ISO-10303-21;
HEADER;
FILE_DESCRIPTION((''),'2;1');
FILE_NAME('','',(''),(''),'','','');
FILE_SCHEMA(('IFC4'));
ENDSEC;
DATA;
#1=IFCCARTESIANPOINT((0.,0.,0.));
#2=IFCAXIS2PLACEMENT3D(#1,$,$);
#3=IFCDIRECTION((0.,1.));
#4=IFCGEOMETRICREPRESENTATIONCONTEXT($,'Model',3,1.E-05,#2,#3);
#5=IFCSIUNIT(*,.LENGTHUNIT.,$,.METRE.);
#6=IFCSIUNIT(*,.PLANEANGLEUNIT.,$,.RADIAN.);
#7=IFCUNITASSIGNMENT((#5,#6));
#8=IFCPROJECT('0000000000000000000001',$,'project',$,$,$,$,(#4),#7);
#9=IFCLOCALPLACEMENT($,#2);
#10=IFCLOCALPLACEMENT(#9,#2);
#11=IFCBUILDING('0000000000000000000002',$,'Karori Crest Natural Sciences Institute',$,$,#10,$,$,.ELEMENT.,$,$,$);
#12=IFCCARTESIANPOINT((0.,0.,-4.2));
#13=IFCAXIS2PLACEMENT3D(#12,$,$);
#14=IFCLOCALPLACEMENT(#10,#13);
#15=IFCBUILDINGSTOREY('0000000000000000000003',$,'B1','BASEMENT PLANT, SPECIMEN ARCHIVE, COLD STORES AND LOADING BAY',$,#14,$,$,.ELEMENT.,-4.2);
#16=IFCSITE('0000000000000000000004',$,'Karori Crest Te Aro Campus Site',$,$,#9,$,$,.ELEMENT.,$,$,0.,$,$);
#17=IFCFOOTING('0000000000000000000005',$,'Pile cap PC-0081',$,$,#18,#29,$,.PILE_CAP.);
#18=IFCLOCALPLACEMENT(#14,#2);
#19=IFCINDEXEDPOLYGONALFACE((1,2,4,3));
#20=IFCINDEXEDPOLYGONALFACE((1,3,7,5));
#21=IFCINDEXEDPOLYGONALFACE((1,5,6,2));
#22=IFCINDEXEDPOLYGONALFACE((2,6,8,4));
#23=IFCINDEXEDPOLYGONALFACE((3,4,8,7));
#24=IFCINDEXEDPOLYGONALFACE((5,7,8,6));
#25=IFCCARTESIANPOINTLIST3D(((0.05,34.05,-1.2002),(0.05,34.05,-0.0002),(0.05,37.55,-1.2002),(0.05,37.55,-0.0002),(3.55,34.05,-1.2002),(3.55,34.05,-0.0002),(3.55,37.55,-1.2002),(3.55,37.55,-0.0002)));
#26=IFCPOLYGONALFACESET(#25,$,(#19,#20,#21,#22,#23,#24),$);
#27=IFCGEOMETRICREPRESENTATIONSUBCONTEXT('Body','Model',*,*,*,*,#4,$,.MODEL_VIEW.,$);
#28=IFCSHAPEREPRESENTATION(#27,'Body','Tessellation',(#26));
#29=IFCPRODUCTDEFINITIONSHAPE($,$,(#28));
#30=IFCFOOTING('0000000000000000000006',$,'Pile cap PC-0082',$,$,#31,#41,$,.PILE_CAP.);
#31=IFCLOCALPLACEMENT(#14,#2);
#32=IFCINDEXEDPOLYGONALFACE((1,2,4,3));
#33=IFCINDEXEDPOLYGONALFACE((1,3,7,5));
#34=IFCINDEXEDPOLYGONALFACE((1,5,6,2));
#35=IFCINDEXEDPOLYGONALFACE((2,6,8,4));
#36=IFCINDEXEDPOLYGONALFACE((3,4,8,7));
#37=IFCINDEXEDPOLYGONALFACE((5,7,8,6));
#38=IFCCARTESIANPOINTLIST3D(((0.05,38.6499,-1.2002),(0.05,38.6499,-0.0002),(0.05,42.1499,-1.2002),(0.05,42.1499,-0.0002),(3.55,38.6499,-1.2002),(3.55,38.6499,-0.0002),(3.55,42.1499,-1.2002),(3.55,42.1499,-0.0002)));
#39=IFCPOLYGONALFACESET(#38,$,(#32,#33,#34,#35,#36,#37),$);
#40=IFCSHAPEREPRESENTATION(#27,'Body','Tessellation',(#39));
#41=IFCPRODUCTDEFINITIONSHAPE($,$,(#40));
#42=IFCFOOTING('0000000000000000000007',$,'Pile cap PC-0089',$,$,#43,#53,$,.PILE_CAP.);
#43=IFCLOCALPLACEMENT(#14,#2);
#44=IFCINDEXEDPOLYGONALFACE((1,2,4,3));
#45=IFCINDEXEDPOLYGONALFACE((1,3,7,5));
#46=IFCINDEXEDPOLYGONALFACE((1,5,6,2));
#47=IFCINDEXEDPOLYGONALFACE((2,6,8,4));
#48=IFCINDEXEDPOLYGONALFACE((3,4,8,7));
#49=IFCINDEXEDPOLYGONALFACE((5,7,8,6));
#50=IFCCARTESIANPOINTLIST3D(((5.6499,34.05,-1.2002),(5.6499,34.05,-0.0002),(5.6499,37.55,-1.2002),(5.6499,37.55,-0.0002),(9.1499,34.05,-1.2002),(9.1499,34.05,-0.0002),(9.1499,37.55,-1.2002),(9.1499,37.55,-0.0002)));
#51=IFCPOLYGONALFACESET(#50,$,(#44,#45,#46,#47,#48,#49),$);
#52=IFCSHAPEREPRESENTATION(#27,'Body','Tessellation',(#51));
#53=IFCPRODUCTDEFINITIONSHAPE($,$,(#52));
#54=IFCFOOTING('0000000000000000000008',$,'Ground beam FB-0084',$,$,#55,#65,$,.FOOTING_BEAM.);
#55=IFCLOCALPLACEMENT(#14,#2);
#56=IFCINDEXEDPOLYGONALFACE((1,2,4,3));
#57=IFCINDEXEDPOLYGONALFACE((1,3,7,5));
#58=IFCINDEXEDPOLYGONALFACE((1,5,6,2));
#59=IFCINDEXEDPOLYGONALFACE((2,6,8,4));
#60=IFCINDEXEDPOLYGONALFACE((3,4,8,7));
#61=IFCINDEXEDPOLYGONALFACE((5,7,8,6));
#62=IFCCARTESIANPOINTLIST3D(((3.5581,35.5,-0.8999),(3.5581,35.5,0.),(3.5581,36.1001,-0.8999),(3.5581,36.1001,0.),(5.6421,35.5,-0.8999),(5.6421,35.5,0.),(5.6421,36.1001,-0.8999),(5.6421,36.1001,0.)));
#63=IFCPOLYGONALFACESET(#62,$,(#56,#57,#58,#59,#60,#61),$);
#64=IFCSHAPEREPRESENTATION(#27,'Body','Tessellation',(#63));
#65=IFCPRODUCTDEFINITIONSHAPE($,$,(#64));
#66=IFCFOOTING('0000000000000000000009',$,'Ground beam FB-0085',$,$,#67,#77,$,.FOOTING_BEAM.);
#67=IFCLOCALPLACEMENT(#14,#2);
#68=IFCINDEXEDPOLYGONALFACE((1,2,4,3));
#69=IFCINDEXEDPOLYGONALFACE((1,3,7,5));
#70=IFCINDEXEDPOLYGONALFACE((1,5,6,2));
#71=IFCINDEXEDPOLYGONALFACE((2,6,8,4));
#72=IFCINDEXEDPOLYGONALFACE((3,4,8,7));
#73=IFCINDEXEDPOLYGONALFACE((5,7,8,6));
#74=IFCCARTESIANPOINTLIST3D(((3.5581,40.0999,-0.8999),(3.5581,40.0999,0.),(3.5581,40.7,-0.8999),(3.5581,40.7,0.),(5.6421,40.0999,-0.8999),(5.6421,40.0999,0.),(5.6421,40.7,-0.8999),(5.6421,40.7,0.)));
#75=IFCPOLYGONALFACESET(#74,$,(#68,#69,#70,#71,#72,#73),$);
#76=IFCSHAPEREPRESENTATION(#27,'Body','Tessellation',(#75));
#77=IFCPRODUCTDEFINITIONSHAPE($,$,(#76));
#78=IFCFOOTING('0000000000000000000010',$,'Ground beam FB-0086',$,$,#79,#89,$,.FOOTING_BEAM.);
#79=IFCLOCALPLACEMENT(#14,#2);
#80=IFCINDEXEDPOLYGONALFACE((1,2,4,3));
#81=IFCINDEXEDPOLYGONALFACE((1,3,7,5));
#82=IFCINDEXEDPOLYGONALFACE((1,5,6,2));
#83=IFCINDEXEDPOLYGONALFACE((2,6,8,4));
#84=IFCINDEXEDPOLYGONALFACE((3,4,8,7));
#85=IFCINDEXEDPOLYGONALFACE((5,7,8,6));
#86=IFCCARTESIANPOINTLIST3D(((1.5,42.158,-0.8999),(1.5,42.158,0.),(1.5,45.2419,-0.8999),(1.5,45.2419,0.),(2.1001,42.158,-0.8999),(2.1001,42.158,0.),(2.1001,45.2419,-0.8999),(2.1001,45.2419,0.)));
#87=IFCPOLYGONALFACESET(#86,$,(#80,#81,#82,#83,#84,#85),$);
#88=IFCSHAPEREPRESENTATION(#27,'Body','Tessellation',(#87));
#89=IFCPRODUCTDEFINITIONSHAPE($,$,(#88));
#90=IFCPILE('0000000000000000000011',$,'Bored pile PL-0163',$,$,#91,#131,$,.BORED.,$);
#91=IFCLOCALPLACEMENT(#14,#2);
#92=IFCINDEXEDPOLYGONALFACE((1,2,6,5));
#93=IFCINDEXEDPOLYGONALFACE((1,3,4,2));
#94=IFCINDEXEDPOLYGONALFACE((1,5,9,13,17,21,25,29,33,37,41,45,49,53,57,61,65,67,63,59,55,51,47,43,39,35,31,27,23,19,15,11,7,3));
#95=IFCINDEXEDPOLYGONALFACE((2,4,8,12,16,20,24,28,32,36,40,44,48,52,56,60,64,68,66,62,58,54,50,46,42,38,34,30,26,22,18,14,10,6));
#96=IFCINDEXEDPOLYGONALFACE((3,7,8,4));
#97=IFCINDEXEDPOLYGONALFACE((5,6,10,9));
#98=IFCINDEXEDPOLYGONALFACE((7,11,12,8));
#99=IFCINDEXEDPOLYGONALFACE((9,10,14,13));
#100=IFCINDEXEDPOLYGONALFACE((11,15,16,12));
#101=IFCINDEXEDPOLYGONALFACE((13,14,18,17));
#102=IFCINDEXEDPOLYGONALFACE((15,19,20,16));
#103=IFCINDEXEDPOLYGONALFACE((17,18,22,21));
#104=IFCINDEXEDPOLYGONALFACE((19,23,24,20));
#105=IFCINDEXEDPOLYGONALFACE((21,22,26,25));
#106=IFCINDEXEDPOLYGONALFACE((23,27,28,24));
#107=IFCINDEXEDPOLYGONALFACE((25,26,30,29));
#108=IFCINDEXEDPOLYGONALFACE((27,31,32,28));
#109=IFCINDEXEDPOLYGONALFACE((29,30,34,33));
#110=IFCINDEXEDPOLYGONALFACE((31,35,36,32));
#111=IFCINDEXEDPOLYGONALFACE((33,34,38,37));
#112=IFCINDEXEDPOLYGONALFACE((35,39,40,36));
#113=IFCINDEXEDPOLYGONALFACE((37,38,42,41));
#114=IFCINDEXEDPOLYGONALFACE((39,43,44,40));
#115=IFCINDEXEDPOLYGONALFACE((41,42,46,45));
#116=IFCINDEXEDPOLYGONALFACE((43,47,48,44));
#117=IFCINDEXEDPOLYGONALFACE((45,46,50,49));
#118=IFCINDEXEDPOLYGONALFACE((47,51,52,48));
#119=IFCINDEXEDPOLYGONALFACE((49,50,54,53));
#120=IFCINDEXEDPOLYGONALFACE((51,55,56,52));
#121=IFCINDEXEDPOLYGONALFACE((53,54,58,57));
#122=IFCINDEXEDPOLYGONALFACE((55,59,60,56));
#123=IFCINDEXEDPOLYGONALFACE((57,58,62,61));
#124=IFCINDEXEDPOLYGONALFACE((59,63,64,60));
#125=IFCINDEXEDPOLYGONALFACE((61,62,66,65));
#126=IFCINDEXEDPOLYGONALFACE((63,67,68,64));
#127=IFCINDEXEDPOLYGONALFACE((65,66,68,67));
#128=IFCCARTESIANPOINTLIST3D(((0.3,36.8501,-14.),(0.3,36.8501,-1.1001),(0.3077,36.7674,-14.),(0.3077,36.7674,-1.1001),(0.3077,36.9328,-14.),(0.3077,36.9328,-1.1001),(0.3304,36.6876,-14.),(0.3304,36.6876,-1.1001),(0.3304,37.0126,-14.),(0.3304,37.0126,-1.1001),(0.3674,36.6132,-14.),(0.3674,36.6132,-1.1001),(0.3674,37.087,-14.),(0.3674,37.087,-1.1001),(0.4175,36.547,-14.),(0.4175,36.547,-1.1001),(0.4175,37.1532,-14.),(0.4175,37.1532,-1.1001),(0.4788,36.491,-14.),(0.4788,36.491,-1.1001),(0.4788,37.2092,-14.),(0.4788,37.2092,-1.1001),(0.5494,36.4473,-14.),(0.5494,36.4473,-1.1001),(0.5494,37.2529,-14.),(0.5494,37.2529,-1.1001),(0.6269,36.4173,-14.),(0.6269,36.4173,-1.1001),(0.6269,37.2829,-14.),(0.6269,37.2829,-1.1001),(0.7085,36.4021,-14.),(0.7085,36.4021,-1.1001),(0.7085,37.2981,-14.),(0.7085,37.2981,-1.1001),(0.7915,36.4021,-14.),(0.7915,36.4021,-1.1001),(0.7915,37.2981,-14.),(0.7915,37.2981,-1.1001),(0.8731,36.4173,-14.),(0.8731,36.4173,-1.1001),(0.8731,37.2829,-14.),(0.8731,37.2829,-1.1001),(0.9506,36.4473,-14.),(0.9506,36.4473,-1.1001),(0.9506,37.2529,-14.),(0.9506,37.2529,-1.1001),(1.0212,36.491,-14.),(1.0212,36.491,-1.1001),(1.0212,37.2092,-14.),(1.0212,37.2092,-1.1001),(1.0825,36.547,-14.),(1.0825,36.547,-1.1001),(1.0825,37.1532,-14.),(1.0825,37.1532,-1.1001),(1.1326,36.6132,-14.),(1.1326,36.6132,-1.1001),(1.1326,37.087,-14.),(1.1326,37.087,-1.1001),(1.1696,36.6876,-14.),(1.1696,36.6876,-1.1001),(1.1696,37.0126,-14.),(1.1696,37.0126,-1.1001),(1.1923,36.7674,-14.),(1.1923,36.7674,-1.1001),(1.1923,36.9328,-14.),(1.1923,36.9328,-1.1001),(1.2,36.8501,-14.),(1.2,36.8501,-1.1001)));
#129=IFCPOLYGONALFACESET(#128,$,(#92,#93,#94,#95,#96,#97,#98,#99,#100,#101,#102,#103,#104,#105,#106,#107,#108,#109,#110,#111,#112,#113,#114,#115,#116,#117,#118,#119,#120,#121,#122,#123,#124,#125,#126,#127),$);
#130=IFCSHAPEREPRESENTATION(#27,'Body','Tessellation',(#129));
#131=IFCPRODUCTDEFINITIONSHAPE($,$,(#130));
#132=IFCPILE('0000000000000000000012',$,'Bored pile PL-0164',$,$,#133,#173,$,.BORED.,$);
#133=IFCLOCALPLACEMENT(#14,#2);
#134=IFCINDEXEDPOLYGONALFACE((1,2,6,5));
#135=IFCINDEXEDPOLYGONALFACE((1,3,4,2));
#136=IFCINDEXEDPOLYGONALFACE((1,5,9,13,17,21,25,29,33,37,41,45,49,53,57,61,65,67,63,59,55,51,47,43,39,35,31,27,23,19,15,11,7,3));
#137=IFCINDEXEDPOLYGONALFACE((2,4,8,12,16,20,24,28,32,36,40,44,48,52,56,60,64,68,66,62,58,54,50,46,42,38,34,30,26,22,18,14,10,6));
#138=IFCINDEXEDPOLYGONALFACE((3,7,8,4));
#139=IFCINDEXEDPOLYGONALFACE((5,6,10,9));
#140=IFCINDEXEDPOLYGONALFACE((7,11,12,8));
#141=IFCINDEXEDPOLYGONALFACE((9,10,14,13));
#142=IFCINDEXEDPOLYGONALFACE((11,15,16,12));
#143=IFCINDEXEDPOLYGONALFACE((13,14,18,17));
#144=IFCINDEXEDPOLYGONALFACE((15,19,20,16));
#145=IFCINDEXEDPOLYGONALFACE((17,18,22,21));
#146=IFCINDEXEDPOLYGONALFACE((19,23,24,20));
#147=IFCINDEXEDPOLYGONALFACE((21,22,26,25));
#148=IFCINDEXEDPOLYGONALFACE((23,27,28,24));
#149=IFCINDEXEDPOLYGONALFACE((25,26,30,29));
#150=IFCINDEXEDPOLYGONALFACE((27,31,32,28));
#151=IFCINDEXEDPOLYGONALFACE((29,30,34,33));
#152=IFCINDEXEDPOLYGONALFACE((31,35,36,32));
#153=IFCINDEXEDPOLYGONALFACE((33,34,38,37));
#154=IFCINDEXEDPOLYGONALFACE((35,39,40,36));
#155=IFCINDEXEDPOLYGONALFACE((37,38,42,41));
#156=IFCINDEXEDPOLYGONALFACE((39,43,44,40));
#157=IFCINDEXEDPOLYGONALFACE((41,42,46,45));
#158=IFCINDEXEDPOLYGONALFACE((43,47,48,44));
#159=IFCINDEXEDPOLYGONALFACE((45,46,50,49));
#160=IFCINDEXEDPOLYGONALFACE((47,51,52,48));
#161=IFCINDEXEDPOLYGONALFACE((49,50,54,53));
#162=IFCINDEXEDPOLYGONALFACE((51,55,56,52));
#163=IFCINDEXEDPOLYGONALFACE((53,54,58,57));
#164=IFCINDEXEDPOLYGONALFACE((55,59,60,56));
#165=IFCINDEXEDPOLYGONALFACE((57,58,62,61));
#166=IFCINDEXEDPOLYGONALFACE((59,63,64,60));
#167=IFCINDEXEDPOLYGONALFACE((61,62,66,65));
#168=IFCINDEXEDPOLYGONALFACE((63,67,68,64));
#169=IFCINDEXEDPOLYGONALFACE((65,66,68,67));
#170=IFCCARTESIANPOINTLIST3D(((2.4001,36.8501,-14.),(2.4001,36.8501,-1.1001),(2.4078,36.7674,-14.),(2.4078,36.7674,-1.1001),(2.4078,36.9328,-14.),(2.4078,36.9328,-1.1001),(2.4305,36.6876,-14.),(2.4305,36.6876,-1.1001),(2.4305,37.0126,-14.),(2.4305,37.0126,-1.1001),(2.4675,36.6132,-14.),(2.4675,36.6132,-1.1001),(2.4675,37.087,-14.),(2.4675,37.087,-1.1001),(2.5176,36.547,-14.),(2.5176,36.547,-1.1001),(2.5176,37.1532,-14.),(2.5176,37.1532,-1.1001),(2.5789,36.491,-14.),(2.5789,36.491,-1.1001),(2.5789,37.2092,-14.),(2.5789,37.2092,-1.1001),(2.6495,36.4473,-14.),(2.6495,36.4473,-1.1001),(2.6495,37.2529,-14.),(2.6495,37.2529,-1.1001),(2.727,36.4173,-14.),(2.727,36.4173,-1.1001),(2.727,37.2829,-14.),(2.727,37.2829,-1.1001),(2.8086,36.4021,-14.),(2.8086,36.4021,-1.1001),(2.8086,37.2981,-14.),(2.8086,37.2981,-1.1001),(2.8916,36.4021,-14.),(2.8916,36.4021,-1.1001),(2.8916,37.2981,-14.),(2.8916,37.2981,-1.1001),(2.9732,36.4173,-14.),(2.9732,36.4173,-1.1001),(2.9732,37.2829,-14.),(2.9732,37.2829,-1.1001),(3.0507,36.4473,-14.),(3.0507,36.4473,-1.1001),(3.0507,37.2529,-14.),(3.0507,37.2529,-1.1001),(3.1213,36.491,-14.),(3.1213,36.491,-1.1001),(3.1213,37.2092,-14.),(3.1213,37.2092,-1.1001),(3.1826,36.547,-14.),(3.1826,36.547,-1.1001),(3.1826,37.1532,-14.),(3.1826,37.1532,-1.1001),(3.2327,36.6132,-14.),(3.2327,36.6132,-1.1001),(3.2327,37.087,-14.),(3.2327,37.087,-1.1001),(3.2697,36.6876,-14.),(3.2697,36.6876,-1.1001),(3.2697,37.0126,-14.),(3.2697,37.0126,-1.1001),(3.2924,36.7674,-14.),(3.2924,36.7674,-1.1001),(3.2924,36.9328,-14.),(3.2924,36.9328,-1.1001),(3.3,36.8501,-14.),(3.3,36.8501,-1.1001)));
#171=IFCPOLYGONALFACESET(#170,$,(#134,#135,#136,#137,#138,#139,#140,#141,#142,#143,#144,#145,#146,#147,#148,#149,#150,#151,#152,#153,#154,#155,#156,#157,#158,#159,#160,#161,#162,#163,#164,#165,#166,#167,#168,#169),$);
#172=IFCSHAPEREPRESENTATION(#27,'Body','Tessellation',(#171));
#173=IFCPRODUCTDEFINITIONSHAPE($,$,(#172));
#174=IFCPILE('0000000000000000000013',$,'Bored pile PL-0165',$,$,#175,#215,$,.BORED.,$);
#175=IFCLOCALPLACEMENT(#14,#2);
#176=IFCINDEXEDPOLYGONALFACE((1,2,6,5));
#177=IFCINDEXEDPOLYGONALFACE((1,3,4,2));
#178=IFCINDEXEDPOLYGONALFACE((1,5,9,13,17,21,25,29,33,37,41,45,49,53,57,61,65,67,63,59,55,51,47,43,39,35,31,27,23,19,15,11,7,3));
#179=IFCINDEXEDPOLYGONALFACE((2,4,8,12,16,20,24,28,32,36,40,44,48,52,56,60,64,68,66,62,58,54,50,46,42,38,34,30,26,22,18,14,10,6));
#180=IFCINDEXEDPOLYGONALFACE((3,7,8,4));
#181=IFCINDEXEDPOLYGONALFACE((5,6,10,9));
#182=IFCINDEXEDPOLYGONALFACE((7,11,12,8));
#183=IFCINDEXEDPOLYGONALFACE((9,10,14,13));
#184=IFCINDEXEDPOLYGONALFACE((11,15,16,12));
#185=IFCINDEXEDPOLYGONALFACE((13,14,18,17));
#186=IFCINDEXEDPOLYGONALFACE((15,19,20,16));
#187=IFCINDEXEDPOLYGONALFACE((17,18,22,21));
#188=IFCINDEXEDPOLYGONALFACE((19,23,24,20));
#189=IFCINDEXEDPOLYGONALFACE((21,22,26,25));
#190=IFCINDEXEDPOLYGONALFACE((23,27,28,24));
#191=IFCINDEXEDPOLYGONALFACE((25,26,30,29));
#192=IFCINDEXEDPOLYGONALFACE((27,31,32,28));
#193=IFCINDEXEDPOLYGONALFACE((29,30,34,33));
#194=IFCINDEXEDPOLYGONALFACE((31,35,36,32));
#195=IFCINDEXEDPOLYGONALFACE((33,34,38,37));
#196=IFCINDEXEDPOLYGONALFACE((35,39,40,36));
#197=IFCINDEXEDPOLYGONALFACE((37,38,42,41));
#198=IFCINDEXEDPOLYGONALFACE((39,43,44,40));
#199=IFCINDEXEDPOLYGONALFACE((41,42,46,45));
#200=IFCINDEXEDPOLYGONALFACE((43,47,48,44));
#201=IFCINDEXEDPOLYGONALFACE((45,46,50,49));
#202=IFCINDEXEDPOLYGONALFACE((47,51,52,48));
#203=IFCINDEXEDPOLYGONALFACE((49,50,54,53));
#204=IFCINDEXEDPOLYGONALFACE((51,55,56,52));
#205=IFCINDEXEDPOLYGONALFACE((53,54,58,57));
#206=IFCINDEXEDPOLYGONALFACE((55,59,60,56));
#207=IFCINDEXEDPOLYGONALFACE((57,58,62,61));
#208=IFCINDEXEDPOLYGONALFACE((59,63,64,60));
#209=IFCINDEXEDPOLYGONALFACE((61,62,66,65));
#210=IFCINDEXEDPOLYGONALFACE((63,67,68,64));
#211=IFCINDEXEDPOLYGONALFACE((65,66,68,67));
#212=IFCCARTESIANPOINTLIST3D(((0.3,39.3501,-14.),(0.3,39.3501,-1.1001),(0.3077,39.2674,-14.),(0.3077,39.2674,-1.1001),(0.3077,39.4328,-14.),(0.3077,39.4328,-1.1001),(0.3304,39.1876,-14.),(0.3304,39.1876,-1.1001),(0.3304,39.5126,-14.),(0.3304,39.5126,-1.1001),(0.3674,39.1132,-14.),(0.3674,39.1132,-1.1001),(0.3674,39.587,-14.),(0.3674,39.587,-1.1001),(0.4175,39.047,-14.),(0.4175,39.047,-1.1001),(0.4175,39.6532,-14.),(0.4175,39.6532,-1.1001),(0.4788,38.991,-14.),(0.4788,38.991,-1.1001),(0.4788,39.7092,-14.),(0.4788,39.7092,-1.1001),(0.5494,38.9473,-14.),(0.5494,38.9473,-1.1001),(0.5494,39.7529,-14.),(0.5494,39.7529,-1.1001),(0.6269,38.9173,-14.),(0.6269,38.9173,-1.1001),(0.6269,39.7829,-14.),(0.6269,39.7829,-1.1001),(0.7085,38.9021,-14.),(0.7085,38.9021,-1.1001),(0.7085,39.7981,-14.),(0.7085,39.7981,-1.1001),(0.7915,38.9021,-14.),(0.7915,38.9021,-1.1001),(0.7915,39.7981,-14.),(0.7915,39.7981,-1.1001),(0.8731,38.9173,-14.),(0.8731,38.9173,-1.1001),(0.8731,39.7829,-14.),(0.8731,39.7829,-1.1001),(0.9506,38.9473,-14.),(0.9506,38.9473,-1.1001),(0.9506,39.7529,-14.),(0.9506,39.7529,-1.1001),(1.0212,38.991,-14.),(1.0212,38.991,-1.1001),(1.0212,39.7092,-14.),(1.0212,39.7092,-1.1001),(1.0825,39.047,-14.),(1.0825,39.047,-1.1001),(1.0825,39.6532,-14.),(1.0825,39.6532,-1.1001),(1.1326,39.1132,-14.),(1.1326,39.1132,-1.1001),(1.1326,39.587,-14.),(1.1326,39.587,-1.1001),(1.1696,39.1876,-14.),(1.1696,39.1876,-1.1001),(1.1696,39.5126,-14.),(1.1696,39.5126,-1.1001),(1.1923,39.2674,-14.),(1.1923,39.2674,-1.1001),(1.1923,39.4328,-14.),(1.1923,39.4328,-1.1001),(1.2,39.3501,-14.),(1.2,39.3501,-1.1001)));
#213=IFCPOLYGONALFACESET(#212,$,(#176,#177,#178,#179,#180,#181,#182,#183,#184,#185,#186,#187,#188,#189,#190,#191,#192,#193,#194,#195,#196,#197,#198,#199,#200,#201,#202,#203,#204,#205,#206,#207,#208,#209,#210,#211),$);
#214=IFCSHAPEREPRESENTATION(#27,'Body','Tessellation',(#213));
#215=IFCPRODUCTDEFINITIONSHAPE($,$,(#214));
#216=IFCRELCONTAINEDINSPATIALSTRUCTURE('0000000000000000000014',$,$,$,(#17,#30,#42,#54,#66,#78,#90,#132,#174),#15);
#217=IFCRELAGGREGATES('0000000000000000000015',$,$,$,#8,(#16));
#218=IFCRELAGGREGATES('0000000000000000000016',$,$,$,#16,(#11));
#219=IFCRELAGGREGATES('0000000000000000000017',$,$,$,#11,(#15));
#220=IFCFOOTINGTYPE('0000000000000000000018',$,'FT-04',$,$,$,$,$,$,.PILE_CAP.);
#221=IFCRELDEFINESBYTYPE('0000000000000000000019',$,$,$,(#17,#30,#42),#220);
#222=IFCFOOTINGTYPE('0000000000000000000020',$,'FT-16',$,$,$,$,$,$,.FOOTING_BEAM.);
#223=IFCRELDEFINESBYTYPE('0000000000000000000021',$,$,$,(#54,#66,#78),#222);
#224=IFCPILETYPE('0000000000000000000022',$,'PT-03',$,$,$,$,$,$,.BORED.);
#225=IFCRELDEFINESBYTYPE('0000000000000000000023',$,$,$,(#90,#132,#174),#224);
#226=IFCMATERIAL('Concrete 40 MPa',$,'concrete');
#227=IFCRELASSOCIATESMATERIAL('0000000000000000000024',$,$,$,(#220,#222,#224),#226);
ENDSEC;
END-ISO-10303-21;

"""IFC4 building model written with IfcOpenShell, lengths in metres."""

from ifc_helpers import new_model, si_unit, direction, frame, origin, origin_2d, place, context, subcontext, project, spatial, rectangle, circle, extrude, material, material_profile, profile_set, type_object, element, save


model = new_model("IFC4")

# Units and contexts
model_context = context("Model", 3, precision=1e-05, world=origin(), true_north=direction((0.0, 1.0)))
body_context = subcontext(model_context, "Body", "Model", "MODEL_VIEW")
ifc_project = project(units=[si_unit("LENGTHUNIT", "METRE"), si_unit("PLANEANGLEUNIT", "RADIAN")], contexts=[model_context])

# Site, building, storey
site_placement = place(None, origin())
site = spatial("IfcSite", under=ifc_project, at=site_placement, Name="Karori Crest Te Aro Campus Site", CompositionType="ELEMENT", RefElevation=0.0)
building_placement = place(site_placement, origin())
building = spatial("IfcBuilding", under=site, at=building_placement, Name="Karori Crest Natural Sciences Institute", CompositionType="ELEMENT")
storey_placement = place(building_placement, frame((0.0, 0.0, -4.2)))
storey = spatial("IfcBuildingStorey", under=building, at=storey_placement, Name="B1", Description="BASEMENT PLANT, SPECIMEN ARCHIVE, COLD STORES AND LOADING BAY", CompositionType="ELEMENT", Elevation=-4.2)

# Footings
ifc_material_1 = material(Name="Concrete 40 MPa", Category="concrete")
footing_type_1 = type_object("IfcFootingType", Name="FT-04", PredefinedType="PILE_CAP", material=ifc_material_1)
for number, where, z_axis, x_axis, name in (
    (1, (1.8, 35.8, -1.2002), (0.0, 0.0, 1.0), (1.0, 0.0, 0.0), "Pile cap PC-0081"),
    (2, (1.8, 40.3999, -1.2002), (0.0, 0.0, 1.0), (1.0, 0.0, 0.0), "Pile cap PC-0082"),
    (3, (7.3999, 35.8, -1.2002), (0.0, 0.0, 1.0), (1.0, 0.0, 0.0), "Pile cap PC-0089"),
):
    element("IfcFooting", number, at=place(storey_placement, frame(where, z_axis=z_axis, x_axis=x_axis)), inside=storey, type_object=footing_type_1, Name=name, PredefinedType="PILE_CAP", context=body_context, shape_type="SweptSolid", body=[
        extrude(rectangle(XDim=3.5, YDim=3.5, at=origin_2d()), origin(), (0.0, 0.0, 1.0), 1.2),
    ])
footing_type_2 = type_object("IfcFootingType", Name="FT-16", PredefinedType="FOOTING_BEAM", material=ifc_material_1)
for number, where, z_axis, x_axis, name in (
    (4, (4.6001, 35.8, -0.8999), (0.0, 0.0, 1.0), (1.0, 0.0, 0.0), "Ground beam FB-0084"),
    (5, (4.6001, 40.3999, -0.8999), (0.0, 0.0, 1.0), (1.0, 0.0, 0.0), "Ground beam FB-0085"),
):
    element("IfcFooting", number, at=place(storey_placement, frame(where, z_axis=z_axis, x_axis=x_axis)), inside=storey, type_object=footing_type_2, Name=name, PredefinedType="FOOTING_BEAM", context=body_context, shape_type="SweptSolid", body=[
        extrude(rectangle(XDim=2.084, YDim=0.6001, at=origin_2d()), origin(), (0.0, 0.0, 1.0), 0.8999),
    ])
footing_placement = place(storey_placement, frame((1.8, 43.7, -0.8999), z_axis=(0.0, 0.0, 1.0), x_axis=(0.0, 1.0, 0.0)))
element("IfcFooting", 6, at=footing_placement, inside=storey, type_object=footing_type_2, Name="Ground beam FB-0086", PredefinedType="FOOTING_BEAM", context=body_context, shape_type="SweptSolid", body=[
    extrude(rectangle(XDim=3.084, YDim=0.6001, at=origin_2d()), origin(), (0.0, 0.0, 1.0), 0.8999),
])

# Piles
ifc_material_profile_1 = material_profile(ifc_material_1, circle(Radius=0.45, at=origin_2d()), Name="PILE900")
ifc_profile_set_1 = profile_set([ifc_material_profile_1], Name="Concrete 40 MPa")
pile_type = type_object("IfcPileType", Name="PT-03", PredefinedType="BORED", material=ifc_profile_set_1)
for number, where, z_axis, x_axis, name in (
    (7, (0.75, 36.8501, -1.1001), (0.0, 0.0, -1.0), (1.0, 0.0, 0.0), "Bored pile PL-0163"),
    (8, (2.8501, 36.8501, -1.1001), (0.0, 0.0, -1.0), (1.0, 0.0, 0.0), "Bored pile PL-0164"),
    (9, (0.75, 39.3501, -1.1001), (0.0, 0.0, -1.0), (1.0, 0.0, 0.0), "Bored pile PL-0165"),
):
    element("IfcPile", number, at=place(storey_placement, frame(where, z_axis=z_axis, x_axis=x_axis)), inside=storey, type_object=pile_type, Name=name, PredefinedType="BORED", context=body_context, shape_type="SweptSolid", body=[
        extrude(circle(Radius=0.45, at=origin_2d()), origin(), (0.0, 0.0, 1.0), 12.8999),
    ])

save(model, "model.ifc")
